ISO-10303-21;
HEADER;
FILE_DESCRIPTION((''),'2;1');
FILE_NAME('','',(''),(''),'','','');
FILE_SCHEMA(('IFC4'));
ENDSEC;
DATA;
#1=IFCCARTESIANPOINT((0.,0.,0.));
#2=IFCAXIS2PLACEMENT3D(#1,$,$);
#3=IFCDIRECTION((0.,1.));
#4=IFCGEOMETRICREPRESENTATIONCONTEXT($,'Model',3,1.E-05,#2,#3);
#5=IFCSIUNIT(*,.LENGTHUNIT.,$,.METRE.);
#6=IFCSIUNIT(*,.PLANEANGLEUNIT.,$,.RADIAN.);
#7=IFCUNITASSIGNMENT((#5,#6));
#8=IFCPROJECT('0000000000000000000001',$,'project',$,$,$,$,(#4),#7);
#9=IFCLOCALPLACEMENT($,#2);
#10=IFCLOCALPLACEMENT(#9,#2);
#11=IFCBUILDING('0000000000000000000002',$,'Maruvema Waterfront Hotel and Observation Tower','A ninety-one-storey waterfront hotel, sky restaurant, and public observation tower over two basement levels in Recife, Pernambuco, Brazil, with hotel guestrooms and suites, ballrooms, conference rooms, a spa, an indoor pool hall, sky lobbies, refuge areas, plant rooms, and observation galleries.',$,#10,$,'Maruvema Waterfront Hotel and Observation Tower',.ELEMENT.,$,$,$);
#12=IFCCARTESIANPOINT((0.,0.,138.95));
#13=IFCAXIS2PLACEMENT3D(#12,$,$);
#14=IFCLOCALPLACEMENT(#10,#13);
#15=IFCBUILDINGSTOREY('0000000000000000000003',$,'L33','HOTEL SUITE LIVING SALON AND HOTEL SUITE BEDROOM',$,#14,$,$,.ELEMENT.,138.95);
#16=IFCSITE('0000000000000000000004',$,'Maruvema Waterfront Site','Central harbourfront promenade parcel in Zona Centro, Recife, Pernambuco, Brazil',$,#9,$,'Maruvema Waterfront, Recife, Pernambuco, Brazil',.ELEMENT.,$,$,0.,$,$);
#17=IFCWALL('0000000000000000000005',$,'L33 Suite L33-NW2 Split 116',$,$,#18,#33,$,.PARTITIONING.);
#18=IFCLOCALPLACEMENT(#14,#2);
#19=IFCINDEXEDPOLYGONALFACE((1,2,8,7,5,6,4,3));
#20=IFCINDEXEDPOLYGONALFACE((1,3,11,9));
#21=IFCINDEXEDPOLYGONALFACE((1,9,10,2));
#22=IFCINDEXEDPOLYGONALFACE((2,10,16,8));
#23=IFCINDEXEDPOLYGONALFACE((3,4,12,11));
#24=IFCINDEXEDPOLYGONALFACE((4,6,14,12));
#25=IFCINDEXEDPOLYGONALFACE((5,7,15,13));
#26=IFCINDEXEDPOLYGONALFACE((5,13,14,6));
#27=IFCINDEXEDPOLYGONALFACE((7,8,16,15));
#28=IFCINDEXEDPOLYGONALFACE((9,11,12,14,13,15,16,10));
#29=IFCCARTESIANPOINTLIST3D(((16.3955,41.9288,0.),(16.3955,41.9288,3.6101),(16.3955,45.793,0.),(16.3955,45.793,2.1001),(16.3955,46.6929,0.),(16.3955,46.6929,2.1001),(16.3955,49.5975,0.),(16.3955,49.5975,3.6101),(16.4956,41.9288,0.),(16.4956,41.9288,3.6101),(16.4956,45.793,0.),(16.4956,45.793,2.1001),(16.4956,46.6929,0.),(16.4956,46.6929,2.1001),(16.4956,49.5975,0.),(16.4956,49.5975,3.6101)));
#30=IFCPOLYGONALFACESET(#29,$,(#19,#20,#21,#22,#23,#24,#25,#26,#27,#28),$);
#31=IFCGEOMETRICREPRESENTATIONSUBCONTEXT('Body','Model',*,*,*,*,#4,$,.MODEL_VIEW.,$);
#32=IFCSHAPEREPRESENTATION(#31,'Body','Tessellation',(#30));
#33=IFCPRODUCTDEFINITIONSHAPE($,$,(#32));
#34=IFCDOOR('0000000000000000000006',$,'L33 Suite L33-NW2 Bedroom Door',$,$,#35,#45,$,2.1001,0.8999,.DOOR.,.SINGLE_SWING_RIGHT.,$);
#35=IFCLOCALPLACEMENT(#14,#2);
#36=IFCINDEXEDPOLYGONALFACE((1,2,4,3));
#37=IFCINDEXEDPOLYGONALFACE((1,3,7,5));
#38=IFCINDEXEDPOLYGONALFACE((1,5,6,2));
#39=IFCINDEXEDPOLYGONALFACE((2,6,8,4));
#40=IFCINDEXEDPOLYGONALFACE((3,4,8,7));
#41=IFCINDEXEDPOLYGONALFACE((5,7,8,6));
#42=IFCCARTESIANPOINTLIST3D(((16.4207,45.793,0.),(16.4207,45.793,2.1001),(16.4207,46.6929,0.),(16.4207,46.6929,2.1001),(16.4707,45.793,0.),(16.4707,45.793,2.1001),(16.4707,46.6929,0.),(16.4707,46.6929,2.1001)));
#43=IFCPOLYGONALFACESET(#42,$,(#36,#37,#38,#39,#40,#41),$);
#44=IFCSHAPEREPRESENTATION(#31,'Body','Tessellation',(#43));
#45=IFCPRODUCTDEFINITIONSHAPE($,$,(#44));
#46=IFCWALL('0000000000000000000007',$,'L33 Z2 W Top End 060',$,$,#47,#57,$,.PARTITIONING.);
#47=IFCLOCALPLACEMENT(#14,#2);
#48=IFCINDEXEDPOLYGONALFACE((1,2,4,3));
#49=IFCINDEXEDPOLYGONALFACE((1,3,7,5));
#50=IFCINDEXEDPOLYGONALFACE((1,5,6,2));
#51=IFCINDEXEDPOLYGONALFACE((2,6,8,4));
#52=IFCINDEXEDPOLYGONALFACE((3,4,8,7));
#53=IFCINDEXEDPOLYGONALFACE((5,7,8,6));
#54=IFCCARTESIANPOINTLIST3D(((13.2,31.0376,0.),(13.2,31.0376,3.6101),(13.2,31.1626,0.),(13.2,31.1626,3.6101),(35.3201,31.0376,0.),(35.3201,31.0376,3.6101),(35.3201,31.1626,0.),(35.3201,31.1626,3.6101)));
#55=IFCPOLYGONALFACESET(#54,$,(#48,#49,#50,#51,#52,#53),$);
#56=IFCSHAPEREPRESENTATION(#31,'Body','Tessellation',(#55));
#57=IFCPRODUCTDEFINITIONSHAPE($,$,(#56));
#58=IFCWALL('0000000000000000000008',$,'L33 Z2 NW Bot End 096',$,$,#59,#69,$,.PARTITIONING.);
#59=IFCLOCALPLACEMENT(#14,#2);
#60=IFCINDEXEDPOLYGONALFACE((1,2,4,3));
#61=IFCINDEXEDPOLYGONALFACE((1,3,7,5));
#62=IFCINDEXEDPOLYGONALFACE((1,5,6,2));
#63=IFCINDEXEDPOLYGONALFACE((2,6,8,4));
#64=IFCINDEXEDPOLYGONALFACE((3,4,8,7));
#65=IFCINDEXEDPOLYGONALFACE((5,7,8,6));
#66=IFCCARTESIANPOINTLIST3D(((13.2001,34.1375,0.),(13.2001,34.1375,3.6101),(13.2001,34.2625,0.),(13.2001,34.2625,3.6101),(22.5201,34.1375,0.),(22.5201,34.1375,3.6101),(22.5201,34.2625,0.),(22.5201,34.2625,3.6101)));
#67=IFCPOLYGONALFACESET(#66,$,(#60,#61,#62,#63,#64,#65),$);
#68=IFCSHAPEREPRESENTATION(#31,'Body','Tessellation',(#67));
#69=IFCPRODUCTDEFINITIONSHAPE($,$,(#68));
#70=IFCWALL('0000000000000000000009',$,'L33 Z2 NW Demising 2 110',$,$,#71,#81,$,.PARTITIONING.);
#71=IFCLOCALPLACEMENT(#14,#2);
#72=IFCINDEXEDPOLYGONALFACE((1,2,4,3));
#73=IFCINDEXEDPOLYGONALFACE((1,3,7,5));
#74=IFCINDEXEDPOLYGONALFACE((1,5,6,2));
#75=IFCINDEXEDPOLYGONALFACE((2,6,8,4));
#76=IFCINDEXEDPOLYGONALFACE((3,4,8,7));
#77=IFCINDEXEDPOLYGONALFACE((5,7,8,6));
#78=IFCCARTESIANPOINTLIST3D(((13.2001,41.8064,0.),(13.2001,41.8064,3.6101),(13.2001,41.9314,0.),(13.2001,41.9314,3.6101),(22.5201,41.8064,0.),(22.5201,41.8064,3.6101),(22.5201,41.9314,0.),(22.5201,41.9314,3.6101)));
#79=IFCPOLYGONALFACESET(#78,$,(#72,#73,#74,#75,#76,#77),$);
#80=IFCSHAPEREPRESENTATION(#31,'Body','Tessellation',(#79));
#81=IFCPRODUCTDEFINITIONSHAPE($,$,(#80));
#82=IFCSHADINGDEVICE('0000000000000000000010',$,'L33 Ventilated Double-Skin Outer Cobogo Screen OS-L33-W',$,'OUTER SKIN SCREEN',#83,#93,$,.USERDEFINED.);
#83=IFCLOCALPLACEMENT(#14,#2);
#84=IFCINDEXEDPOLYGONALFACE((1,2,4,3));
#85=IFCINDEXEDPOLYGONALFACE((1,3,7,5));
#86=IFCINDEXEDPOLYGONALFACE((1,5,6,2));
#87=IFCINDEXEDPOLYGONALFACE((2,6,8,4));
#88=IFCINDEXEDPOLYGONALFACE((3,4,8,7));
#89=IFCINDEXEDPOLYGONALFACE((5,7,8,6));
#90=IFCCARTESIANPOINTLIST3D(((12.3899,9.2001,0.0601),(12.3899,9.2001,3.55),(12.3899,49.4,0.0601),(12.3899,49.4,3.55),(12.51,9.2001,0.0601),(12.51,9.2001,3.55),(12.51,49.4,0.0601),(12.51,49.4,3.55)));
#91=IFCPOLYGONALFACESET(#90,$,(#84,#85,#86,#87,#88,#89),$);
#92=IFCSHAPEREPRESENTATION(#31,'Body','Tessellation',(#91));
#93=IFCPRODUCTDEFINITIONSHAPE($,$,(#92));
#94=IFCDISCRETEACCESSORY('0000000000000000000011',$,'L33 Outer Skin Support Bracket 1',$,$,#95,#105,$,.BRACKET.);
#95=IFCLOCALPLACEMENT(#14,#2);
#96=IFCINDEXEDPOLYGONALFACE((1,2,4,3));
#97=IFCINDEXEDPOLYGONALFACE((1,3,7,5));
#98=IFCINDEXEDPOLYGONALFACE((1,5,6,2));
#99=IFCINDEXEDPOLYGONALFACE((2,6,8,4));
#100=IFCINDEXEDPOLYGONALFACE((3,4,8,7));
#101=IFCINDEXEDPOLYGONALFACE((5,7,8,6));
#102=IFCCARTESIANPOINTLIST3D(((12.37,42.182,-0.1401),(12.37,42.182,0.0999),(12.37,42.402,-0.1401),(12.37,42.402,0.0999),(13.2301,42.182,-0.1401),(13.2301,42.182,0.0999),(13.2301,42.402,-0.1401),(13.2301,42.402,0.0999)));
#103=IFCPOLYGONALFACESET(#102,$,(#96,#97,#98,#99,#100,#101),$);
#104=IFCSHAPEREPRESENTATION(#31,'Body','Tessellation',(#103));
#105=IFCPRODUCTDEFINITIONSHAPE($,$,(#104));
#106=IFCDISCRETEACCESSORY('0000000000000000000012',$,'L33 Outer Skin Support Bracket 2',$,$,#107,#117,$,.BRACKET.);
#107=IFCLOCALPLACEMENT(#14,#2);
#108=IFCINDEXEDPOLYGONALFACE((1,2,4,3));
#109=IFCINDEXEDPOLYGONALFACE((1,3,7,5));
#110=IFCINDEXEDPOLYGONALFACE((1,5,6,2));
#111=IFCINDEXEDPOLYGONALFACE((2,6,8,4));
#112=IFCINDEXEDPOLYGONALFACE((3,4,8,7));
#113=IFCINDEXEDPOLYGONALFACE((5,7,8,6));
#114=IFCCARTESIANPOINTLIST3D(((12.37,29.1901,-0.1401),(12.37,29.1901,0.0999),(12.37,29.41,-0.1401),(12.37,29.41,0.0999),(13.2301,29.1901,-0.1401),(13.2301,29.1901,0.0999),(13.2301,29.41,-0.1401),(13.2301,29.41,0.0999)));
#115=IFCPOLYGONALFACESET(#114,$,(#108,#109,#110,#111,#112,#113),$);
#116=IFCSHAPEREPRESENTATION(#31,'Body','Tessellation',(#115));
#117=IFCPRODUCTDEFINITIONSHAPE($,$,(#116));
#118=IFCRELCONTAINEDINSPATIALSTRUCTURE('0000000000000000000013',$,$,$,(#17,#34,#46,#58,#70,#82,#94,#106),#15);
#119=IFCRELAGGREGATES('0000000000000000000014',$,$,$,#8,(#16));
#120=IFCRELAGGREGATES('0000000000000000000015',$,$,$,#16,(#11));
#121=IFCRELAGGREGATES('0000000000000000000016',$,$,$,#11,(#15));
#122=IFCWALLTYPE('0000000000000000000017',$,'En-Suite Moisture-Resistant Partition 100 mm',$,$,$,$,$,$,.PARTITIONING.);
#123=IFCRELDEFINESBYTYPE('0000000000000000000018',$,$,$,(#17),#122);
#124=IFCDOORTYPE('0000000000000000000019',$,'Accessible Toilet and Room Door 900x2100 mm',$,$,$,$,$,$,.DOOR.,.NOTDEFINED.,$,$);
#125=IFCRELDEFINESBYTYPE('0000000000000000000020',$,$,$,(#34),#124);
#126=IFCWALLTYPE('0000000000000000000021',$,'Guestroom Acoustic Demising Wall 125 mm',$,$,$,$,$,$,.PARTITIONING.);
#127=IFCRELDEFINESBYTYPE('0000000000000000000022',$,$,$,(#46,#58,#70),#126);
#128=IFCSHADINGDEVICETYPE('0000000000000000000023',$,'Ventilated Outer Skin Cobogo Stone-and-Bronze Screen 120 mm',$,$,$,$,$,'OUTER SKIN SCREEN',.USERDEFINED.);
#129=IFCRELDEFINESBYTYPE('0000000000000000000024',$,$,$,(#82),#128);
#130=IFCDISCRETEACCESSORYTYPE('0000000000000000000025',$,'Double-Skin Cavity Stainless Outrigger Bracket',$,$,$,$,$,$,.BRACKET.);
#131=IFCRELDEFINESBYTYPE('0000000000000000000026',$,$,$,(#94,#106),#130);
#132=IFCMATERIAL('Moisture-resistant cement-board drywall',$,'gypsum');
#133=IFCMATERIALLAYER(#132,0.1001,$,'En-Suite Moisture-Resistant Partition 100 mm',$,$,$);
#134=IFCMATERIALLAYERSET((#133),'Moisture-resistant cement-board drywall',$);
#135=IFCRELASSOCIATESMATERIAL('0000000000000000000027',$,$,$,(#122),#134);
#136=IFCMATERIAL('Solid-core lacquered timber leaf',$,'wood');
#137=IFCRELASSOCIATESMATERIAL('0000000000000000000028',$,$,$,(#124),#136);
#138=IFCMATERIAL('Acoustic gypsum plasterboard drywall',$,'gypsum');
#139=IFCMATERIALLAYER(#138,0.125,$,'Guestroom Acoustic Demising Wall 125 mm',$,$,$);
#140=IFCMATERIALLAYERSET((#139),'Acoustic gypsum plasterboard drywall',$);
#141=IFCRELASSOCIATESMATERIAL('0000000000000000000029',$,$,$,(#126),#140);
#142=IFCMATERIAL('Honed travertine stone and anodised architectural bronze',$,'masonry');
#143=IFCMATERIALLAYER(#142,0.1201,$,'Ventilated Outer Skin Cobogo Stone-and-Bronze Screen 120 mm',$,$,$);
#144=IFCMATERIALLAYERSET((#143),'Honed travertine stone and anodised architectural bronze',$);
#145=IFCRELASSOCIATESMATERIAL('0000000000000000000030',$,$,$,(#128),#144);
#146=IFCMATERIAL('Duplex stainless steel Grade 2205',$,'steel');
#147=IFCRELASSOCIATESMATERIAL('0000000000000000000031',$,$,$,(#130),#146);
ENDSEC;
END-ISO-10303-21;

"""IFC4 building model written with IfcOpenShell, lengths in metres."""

from ifc_helpers import new_model, si_unit, direction, frame, frame_2d, origin, origin_2d, place, context, subcontext, project, spatial, rectangle, extrude, material, layer, layer_set, type_object, element, fill, save


model = new_model("IFC4")

# Units and contexts
model_context = context("Model", 3, precision=1e-05, world=origin(), true_north=direction((0.0, 1.0)))
body_context = subcontext(model_context, "Body", "Model", "MODEL_VIEW")
ifc_project = project(units=[si_unit("LENGTHUNIT", "METRE"), si_unit("PLANEANGLEUNIT", "RADIAN")], contexts=[model_context])

# Site, building, storey
site_placement = place(None, origin())
site = spatial("IfcSite", under=ifc_project, at=site_placement, Name="Maruvema Waterfront Site", Description="Central harbourfront promenade parcel in Zona Centro, Recife, Pernambuco, Brazil", LongName="Maruvema Waterfront, Recife, Pernambuco, Brazil", CompositionType="ELEMENT", RefElevation=0.0)
building_placement = place(site_placement, origin())
building = spatial("IfcBuilding", under=site, at=building_placement, Name="Maruvema Waterfront Hotel and Observation Tower", Description="A ninety-one-storey waterfront hotel, sky restaurant, and public observation tower over two basement levels in Recife, Pernambuco, Brazil, with hotel guestrooms and suites, ballrooms, conference rooms, a spa, an indoor pool hall, sky lobbies, refuge areas, plant rooms, and observation galleries.", LongName="Maruvema Waterfront Hotel and Observation Tower", CompositionType="ELEMENT")
storey_placement = place(building_placement, frame((0.0, 0.0, 138.95)))
storey = spatial("IfcBuildingStorey", under=building, at=storey_placement, Name="L33", Description="HOTEL SUITE LIVING SALON AND HOTEL SUITE BEDROOM", CompositionType="ELEMENT", Elevation=138.95)

# Shared definitions
ifc_material_1 = material(Name="Moisture-resistant cement-board drywall", Category="gypsum")
ifc_layer_1 = layer(ifc_material_1, 0.1001, Name="En-Suite Moisture-Resistant Partition 100 mm")
ifc_layer_set_1 = layer_set([ifc_layer_1], Name="Moisture-resistant cement-board drywall")
wall_type_1 = type_object("IfcWallType", Name="En-Suite Moisture-Resistant Partition 100 mm", PredefinedType="PARTITIONING", material=ifc_layer_set_1)

# Shared definitions
ifc_material_2 = material(Name="Solid-core lacquered timber leaf", Category="wood")
door_type_1 = type_object("IfcDoorType", Name="Accessible Toilet and Room Door 900x2100 mm", OperationType="NOTDEFINED", PredefinedType="DOOR", material=ifc_material_2)

# Wall, opening, door
wall_1_placement = place(storey_placement, frame((16.4456, 41.9287, 0.0), z_axis=(0.0, 0.0, 1.0), x_axis=(0.0, 1.0, 0.0)))
wall_1 = element("IfcWall", 1, at=wall_1_placement, inside=storey, type_object=wall_type_1, Name="L33 Suite L33-NW2 Split 116", PredefinedType="PARTITIONING", context=body_context, shape_type="SweptSolid", body=[
    extrude(rectangle(XDim=7.6687, YDim=0.1001, at=frame_2d((3.8345, 0.0))), origin(), (0.0, 0.0, 1.0), 3.6101),
])
opening_1_placement = place(wall_1_placement, frame((3.8643, 0.0, 0.0)))
opening_1 = element("IfcOpeningElement", 2, at=opening_1_placement, cuts=wall_1, PredefinedType="OPENING", context=body_context, shape_type="SweptSolid", body=[
    extrude(rectangle(XDim=0.8999, YDim=2.1001, at=frame_2d((0.45, 1.05))), frame((0.0, 0.0601, 0.0), z_axis=(0.0, -1.0, 0.0), x_axis=(1.0, 0.0, 0.0)), (0.0, 0.0, 1.0), 0.1201),
])
door_1_placement = place(opening_1_placement, origin())
door_1 = element("IfcDoor", 3, at=door_1_placement, inside=storey, type_object=door_type_1, Name="L33 Suite L33-NW2 Bedroom Door", OperationType="SINGLE_SWING_RIGHT", OverallHeight=2.1001, OverallWidth=0.8999, PredefinedType="DOOR", context=body_context, shape_type="SweptSolid", body=[
    extrude(rectangle(XDim=0.8999, YDim=2.1001, at=frame_2d((0.45, 1.05))), frame((0.0, 0.0249, 0.0), z_axis=(0.0, -1.0, 0.0), x_axis=(1.0, 0.0, 0.0)), (0.0, 0.0, 1.0), 0.05),
])
fill(opening_1, door_1)

# Walls
ifc_material_3 = material(Name="Acoustic gypsum plasterboard drywall", Category="gypsum")
ifc_layer_2 = layer(ifc_material_3, 0.125, Name="Guestroom Acoustic Demising Wall 125 mm")
ifc_layer_set_2 = layer_set([ifc_layer_2], Name="Acoustic gypsum plasterboard drywall")
wall_type_2 = type_object("IfcWallType", Name="Guestroom Acoustic Demising Wall 125 mm", PredefinedType="PARTITIONING", material=ifc_layer_set_2)
wall_2_placement = place(storey_placement, frame((13.2, 31.1001, 0.0), z_axis=(0.0, 0.0, 1.0), x_axis=(1.0, 0.0, 0.0)))
element("IfcWall", 4, at=wall_2_placement, inside=storey, type_object=wall_type_2, Name="L33 Z2 W Top End 060", PredefinedType="PARTITIONING", context=body_context, shape_type="SweptSolid", body=[
    extrude(rectangle(XDim=22.1201, YDim=0.125, at=frame_2d((11.0601, 0.0))), origin(), (0.0, 0.0, 1.0), 3.6101),
])
for number, where, z_axis, x_axis, name in (
    (5, (13.2, 34.2, 0.0), (0.0, 0.0, 1.0), (1.0, 0.0, 0.0), "L33 Z2 NW Bot End 096"),
    (6, (13.2, 41.8689, 0.0), (0.0, 0.0, 1.0), (1.0, 0.0, 0.0), "L33 Z2 NW Demising 2 110"),
):
    element("IfcWall", number, at=place(storey_placement, frame(where, z_axis=z_axis, x_axis=x_axis)), inside=storey, type_object=wall_type_2, Name=name, PredefinedType="PARTITIONING", context=body_context, shape_type="SweptSolid", body=[
        extrude(rectangle(XDim=9.3201, YDim=0.125, at=frame_2d((4.6602, 0.0))), origin(), (0.0, 0.0, 1.0), 3.6101),
    ])

# Shading device
ifc_material_4 = material(Name="Honed travertine stone and anodised architectural bronze", Category="masonry")
ifc_layer_3 = layer(ifc_material_4, 0.1201, Name="Ventilated Outer Skin Cobogo Stone-and-Bronze Screen 120 mm")
ifc_layer_set_3 = layer_set([ifc_layer_3], Name="Honed travertine stone and anodised architectural bronze")
shading_device_type = type_object("IfcShadingDeviceType", Name="Ventilated Outer Skin Cobogo Stone-and-Bronze Screen 120 mm", ElementType="OUTER SKIN SCREEN", PredefinedType="USERDEFINED", material=ifc_layer_set_3)
shading_device_placement = place(storey_placement, frame((12.45, 29.3, 0.0601), z_axis=(0.0, 0.0, 1.0), x_axis=(0.0, -1.0, 0.0)))
element("IfcShadingDevice", 7, at=shading_device_placement, inside=storey, type_object=shading_device_type, Name="L33 Ventilated Double-Skin Outer Cobogo Screen OS-L33-W", ObjectType="OUTER SKIN SCREEN", PredefinedType="USERDEFINED", context=body_context, shape_type="SweptSolid", body=[
    extrude(rectangle(XDim=40.2, YDim=0.1201, at=origin_2d()), origin(), (0.0, 0.0, 1.0), 3.49),
])

# Discrete accessories
ifc_material_5 = material(Name="Duplex stainless steel Grade 2205", Category="steel")
discrete_accessory_type = type_object("IfcDiscreteAccessoryType", Name="Double-Skin Cavity Stainless Outrigger Bracket", PredefinedType="BRACKET", material=ifc_material_5)
for number, where, z_axis, x_axis, name in (
    (8, (12.8, 42.292, -0.1401), (0.0, 0.0, 1.0), (0.0, -1.0, 0.0), "L33 Outer Skin Support Bracket 1"),
    (9, (12.8, 29.3, -0.1401), (0.0, 0.0, 1.0), (0.0, -1.0, 0.0), "L33 Outer Skin Support Bracket 2"),
):
    element("IfcDiscreteAccessory", number, at=place(storey_placement, frame(where, z_axis=z_axis, x_axis=x_axis)), inside=storey, type_object=discrete_accessory_type, Name=name, PredefinedType="BRACKET", context=body_context, shape_type="SweptSolid", body=[
        extrude(rectangle(XDim=0.22, YDim=0.8601, at=origin_2d()), origin(), (0.0, 0.0, 1.0), 0.24),
    ])

save(model, "model.ifc")
